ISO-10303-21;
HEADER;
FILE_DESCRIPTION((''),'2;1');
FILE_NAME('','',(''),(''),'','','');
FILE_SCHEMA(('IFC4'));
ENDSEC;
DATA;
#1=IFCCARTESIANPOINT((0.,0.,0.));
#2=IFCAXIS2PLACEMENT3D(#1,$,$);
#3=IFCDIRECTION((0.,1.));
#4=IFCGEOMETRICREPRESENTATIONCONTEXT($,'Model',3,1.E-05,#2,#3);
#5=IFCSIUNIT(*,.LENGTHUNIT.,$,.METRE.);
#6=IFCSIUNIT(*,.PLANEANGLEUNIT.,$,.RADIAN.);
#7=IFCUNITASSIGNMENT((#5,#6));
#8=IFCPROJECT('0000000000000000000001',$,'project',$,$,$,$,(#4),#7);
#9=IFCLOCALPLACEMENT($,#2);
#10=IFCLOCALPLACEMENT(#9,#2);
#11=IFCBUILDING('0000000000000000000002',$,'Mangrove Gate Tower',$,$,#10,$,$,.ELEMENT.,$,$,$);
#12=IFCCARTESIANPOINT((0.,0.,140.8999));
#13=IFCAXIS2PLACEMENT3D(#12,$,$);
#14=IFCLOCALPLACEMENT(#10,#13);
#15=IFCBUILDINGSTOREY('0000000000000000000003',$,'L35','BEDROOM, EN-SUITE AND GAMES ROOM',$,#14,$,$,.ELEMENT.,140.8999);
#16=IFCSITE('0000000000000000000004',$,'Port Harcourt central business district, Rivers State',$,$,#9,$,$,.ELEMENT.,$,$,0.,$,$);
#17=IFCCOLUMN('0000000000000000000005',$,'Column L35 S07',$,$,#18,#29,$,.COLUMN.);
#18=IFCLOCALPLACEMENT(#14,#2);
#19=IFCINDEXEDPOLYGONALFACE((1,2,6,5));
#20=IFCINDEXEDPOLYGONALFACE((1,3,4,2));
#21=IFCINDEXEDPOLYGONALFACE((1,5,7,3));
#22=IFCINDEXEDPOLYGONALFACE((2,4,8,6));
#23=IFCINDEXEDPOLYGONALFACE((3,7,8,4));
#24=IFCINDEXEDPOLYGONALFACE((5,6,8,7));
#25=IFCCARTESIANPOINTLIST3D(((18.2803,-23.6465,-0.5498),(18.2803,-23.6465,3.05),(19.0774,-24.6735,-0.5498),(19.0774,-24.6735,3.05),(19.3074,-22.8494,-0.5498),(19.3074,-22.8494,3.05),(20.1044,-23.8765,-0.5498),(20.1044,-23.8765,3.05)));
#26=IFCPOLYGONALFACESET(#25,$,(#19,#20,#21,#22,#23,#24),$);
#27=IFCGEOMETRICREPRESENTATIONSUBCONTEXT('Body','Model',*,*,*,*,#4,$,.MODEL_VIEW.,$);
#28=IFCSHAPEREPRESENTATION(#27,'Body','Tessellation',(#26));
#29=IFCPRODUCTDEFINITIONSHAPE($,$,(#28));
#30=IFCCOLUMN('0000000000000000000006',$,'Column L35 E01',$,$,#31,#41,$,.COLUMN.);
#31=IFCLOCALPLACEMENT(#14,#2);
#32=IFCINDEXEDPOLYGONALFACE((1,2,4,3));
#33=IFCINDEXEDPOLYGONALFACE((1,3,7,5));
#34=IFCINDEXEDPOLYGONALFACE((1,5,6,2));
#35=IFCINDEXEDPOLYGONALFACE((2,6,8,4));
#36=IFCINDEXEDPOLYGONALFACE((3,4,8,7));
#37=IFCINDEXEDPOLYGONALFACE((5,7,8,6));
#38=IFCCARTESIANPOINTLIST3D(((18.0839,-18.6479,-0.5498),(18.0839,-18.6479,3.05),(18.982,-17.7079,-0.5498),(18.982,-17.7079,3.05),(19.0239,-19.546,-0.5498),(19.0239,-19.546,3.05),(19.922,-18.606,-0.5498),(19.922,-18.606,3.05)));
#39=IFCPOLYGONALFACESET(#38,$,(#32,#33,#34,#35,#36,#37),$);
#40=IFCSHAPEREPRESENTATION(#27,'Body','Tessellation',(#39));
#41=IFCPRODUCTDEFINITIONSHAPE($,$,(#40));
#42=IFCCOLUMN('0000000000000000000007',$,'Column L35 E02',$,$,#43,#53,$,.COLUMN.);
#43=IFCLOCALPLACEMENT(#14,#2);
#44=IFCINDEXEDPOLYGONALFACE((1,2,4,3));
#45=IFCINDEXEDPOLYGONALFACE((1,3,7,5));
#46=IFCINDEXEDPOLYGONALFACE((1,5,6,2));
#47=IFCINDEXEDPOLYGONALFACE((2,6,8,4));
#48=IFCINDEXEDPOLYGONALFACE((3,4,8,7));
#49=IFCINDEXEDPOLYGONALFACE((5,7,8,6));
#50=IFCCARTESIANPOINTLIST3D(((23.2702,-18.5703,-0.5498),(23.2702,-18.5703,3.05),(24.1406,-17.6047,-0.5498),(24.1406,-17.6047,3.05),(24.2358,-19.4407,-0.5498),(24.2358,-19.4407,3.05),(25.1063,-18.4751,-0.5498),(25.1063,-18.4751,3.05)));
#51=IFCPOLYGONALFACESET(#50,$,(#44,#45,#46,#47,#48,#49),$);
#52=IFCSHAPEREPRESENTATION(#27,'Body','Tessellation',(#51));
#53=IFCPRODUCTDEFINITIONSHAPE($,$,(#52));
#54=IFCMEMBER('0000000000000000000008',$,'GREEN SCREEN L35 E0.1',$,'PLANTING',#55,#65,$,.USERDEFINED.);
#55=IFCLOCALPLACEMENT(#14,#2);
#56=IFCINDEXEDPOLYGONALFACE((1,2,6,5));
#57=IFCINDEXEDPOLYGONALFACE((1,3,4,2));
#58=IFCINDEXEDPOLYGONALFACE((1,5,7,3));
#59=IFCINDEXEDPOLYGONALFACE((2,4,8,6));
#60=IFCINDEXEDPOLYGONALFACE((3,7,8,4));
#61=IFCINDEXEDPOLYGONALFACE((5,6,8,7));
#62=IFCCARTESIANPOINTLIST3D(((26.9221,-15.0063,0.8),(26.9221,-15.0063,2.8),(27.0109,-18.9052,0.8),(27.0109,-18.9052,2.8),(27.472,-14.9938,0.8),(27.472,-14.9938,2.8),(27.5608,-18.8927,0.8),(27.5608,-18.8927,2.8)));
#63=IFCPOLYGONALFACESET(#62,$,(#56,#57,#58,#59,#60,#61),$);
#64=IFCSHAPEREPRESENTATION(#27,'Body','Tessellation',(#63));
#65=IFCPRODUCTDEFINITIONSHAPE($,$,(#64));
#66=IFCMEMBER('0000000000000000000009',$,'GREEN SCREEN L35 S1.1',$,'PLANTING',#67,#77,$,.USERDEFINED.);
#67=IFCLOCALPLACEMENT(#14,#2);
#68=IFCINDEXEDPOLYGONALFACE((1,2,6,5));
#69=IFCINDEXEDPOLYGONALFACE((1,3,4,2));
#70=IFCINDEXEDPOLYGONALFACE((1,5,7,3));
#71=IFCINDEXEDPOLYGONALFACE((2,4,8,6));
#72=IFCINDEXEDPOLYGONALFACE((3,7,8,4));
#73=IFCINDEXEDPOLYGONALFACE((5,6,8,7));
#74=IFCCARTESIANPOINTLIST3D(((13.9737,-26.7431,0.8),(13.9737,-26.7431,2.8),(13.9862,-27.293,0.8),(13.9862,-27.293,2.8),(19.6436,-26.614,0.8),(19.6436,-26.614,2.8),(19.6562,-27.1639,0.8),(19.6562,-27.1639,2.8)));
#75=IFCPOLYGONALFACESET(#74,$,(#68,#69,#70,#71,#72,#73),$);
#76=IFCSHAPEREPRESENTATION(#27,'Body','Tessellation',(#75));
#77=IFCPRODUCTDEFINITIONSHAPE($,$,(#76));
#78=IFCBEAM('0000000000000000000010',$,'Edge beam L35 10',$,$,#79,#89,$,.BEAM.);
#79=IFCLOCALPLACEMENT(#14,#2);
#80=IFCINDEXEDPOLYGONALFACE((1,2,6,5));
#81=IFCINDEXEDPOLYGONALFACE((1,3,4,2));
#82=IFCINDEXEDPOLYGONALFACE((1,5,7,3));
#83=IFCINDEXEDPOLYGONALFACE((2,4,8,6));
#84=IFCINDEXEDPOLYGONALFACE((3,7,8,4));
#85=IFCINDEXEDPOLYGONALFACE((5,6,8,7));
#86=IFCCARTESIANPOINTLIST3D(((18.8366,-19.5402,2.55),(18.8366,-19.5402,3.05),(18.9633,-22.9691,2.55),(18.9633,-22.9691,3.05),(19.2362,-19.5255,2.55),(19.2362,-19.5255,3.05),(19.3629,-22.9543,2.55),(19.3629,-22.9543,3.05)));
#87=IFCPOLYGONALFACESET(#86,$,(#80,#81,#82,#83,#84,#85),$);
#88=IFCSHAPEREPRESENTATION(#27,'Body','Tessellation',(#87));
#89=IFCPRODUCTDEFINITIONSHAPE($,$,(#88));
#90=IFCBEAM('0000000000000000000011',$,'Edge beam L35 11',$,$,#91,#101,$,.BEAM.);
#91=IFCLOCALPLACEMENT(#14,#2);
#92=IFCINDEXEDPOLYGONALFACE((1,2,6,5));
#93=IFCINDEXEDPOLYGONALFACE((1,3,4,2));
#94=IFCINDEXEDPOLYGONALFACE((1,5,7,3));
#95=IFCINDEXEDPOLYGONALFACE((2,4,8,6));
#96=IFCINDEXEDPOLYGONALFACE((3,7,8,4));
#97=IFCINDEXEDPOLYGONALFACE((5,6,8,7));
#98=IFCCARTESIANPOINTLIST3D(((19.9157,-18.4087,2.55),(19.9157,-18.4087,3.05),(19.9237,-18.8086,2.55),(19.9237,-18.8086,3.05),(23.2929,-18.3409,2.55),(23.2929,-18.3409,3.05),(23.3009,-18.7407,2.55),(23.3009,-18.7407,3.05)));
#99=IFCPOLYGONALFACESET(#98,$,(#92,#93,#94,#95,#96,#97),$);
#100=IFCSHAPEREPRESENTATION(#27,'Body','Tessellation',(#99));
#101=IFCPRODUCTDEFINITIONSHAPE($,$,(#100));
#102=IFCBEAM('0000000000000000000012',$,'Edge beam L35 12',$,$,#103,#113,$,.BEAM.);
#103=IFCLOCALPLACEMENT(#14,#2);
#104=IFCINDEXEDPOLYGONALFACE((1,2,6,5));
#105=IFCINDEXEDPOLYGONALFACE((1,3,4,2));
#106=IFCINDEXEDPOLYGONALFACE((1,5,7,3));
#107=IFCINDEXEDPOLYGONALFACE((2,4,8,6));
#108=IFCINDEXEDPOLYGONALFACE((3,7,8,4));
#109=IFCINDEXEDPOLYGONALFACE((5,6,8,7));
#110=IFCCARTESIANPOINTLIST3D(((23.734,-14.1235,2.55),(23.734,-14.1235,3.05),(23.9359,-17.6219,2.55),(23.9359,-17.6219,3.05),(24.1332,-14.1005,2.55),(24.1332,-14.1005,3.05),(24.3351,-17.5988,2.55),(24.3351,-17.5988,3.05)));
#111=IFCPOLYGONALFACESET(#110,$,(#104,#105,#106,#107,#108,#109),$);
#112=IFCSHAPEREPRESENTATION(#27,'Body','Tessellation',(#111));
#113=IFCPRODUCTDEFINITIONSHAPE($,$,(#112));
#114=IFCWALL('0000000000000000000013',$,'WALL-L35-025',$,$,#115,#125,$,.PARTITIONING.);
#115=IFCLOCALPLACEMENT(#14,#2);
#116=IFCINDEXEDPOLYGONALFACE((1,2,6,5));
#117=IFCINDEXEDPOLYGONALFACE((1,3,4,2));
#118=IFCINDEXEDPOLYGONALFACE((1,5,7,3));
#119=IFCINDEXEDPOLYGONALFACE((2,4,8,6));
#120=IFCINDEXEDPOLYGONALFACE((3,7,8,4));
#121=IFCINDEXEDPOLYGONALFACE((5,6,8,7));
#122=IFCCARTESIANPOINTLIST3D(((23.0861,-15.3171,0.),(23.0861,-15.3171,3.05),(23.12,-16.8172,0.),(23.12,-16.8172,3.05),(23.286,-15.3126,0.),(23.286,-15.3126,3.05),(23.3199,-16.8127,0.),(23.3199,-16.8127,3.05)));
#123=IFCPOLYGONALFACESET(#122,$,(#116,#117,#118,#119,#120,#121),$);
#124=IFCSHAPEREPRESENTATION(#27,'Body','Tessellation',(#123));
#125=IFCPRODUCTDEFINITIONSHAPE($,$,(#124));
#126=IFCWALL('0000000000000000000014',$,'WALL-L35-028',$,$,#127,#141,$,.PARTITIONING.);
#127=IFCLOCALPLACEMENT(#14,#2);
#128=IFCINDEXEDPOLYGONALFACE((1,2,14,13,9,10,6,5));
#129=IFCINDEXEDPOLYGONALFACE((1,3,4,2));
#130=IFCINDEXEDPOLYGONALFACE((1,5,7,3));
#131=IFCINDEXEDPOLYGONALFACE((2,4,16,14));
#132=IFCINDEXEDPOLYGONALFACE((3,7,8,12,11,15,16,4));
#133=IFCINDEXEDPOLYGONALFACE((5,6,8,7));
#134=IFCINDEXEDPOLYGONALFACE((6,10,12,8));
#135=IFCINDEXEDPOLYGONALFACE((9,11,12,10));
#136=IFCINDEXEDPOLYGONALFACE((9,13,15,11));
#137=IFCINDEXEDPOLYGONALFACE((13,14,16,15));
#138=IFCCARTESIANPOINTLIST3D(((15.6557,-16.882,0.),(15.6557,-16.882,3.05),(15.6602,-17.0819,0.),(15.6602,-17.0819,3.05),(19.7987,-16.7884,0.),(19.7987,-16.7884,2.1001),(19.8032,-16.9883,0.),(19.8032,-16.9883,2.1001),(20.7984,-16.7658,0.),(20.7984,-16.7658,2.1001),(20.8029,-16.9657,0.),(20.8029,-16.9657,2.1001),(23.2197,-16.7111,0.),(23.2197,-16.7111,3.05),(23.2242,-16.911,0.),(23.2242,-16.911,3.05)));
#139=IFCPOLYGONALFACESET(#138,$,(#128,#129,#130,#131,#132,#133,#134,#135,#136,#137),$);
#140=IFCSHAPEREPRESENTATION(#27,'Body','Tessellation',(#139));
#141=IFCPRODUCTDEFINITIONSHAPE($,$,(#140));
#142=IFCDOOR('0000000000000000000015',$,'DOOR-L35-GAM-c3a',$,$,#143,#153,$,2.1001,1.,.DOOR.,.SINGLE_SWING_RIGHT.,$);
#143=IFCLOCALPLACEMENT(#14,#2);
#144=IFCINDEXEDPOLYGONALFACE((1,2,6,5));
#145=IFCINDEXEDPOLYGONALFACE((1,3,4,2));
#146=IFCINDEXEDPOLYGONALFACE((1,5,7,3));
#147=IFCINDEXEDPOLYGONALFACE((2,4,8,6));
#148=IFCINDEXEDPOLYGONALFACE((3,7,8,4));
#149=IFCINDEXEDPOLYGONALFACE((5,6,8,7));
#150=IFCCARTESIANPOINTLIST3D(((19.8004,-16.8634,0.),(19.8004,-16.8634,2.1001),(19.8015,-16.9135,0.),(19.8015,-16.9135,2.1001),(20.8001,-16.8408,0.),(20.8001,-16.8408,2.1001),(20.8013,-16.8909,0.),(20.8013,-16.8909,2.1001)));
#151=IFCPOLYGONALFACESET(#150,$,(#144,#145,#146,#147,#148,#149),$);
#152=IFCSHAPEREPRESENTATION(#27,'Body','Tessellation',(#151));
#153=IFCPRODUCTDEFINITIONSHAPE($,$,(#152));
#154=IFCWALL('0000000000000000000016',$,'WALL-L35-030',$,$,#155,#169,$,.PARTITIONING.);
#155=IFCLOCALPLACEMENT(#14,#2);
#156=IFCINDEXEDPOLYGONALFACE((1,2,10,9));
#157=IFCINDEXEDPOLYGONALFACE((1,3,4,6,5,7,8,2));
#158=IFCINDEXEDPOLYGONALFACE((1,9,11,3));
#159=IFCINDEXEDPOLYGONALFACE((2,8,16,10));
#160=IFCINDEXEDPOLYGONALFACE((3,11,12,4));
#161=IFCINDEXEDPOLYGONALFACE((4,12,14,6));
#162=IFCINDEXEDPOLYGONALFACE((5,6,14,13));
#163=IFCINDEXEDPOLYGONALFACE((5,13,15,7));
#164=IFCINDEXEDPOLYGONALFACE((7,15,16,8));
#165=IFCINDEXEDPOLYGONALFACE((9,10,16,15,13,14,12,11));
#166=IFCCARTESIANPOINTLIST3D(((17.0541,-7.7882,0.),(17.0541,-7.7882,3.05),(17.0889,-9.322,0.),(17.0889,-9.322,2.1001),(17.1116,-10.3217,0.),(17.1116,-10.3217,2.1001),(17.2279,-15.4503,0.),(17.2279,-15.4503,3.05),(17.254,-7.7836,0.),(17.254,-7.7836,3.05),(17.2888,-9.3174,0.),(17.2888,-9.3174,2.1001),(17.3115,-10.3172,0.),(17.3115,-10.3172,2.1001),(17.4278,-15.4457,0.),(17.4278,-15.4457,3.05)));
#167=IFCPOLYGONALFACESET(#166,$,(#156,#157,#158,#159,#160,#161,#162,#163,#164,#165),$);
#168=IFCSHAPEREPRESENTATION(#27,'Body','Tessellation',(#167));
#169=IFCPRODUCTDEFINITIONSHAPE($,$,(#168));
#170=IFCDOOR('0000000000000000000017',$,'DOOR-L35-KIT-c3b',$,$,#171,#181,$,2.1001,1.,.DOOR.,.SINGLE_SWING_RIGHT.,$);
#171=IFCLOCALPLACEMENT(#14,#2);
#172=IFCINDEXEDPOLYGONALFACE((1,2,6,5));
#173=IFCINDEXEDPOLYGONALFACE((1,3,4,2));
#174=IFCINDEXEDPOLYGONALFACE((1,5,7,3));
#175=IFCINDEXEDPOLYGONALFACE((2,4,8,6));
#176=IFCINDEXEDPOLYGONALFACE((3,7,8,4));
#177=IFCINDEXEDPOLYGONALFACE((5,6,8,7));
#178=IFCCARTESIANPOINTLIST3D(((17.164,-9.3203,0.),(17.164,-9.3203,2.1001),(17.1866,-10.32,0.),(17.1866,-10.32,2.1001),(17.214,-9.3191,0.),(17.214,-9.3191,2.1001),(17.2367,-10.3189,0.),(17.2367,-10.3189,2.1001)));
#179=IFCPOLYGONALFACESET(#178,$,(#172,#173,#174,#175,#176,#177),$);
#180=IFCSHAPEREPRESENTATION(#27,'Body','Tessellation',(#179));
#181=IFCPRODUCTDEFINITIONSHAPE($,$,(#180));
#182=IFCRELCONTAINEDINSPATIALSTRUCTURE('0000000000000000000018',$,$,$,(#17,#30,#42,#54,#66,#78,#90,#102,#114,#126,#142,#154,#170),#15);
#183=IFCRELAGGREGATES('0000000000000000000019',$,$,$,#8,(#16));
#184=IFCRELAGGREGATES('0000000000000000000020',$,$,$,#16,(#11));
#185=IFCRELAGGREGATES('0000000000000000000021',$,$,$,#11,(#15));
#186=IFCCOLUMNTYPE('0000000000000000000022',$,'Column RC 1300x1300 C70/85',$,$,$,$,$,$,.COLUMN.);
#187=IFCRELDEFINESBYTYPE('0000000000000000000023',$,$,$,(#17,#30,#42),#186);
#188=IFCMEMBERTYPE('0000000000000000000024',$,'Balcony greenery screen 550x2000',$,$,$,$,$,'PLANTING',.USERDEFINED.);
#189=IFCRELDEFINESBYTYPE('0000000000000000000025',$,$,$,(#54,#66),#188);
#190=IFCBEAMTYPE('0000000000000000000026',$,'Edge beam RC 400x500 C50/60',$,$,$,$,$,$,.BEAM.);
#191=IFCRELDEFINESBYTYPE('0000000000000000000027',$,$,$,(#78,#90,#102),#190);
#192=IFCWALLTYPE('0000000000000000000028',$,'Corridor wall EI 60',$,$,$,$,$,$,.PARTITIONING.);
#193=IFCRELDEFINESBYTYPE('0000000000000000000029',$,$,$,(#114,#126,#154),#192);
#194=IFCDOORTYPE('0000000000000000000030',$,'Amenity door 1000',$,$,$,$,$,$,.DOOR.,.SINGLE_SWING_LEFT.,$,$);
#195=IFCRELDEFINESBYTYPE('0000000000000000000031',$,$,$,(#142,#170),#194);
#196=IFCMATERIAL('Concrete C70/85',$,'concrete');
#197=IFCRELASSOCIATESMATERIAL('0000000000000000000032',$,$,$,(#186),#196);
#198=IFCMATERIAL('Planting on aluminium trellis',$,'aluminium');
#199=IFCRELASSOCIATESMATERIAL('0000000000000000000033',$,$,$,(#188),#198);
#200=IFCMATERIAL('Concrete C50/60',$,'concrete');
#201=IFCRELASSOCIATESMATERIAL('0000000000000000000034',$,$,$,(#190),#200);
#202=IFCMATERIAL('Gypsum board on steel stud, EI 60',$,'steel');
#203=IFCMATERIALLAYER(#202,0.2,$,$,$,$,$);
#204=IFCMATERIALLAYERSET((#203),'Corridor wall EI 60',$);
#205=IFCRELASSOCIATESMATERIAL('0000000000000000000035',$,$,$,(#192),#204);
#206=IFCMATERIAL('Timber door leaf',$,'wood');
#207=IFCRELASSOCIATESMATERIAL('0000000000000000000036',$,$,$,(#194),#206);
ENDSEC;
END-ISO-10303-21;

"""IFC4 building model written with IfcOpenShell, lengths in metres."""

from ifc_helpers import new_model, si_unit, direction, frame, frame_2d, origin, origin_2d, place, context, subcontext, project, spatial, rectangle, extrude, material, layer, layer_set, material_profile, profile_set, type_object, element, fill, save


model = new_model("IFC4")

# Units and contexts
model_context = context("Model", 3, precision=1e-05, world=origin(), true_north=direction((0.0, 1.0)))
body_context = subcontext(model_context, "Body", "Model", "MODEL_VIEW")
ifc_project = project(units=[si_unit("LENGTHUNIT", "METRE"), si_unit("PLANEANGLEUNIT", "RADIAN")], contexts=[model_context])

# Site, building, storey
site_placement = place(None, origin())
site = spatial("IfcSite", under=ifc_project, at=site_placement, Name="Port Harcourt central business district, Rivers State", CompositionType="ELEMENT", RefElevation=0.0)
building_placement = place(site_placement, origin())
building = spatial("IfcBuilding", under=site, at=building_placement, Name="Mangrove Gate Tower", CompositionType="ELEMENT")
storey_placement = place(building_placement, frame((0.0, 0.0, 140.8999)))
storey = spatial("IfcBuildingStorey", under=building, at=storey_placement, Name="L35", Description="BEDROOM, EN-SUITE AND GAMES ROOM", CompositionType="ELEMENT", Elevation=140.8999)

# Columns
ifc_material_1 = material(Name="Concrete C70/85", Category="concrete")
ifc_material_profile_1 = material_profile(ifc_material_1, rectangle(XDim=1.3, YDim=1.3, at=origin_2d()))
ifc_profile_set_1 = profile_set([ifc_material_profile_1], Name="Concrete C70/85")
column_type = type_object("IfcColumnType", Name="Column RC 1300x1300 C70/85", PredefinedType="COLUMN", material=ifc_profile_set_1)
for number, where, z_axis, x_axis, name in (
    (1, (19.1924, -23.7615, -0.5498), (0.0, 0.0, 1.0), (0.790005, 0.613101, 0.0), "Column L35 S07"),
    (2, (19.0029, -18.627, -0.5498), (0.0, 0.0, 1.0), (0.690809, 0.723037, 0.0), "Column L35 E01"),
    (3, (24.1882, -18.5227, -0.5498), (0.0, 0.0, 1.0), (0.669533, 0.742782, 0.0), "Column L35 E02"),
):
    element("IfcColumn", number, at=place(storey_placement, frame(where, z_axis=z_axis, x_axis=x_axis)), inside=storey, type_object=column_type, Name=name, PredefinedType="COLUMN", context=body_context, shape_type="SweptSolid", body=[
        extrude(rectangle(XDim=1.3, YDim=1.3, at=origin_2d()), origin(), (0.0, 0.0, 1.0), 3.5999),
    ])

# Members
ifc_material_2 = material(Name="Planting on aluminium trellis", Category="aluminium")
ifc_material_profile_2 = material_profile(ifc_material_2, rectangle(XDim=0.55, YDim=2.0, at=origin_2d()))
ifc_profile_set_2 = profile_set([ifc_material_profile_2], Name="Planting on aluminium trellis")
member_type = type_object("IfcMemberType", Name="Balcony greenery screen 550x2000", ElementType="PLANTING", PredefinedType="USERDEFINED", material=ifc_profile_set_2)
member_1_placement = place(storey_placement, frame((27.2859, -18.8989, 1.8), z_axis=(-0.022787, 0.99974, 0.0), x_axis=(-0.99974, -0.022787, 0.0)))
element("IfcMember", 4, at=member_1_placement, inside=storey, type_object=member_type, Name="GREEN SCREEN L35 E0.1", ObjectType="PLANTING", PredefinedType="USERDEFINED", context=body_context, shape_type="SweptSolid", body=[
    extrude(rectangle(XDim=0.55, YDim=2.0, at=origin_2d()), origin(), (0.0, 0.0, 1.0), 3.8999),
])
member_2_placement = place(storey_placement, frame((13.98, -27.0181, 1.8), z_axis=(0.999741, 0.022772, 0.0), x_axis=(-0.022772, 0.999741, 0.0)))
element("IfcMember", 5, at=member_2_placement, inside=storey, type_object=member_type, Name="GREEN SCREEN L35 S1.1", ObjectType="PLANTING", PredefinedType="USERDEFINED", context=body_context, shape_type="SweptSolid", body=[
    extrude(rectangle(XDim=0.55, YDim=2.0, at=origin_2d()), origin(), (0.0, 0.0, 1.0), 5.6714),
])

# Beams
ifc_material_3 = material(Name="Concrete C50/60", Category="concrete")
ifc_material_profile_3 = material_profile(ifc_material_3, rectangle(XDim=0.3999, YDim=0.5, at=origin_2d()))
ifc_profile_set_3 = profile_set([ifc_material_profile_3], Name="Concrete C50/60")
beam_type = type_object("IfcBeamType", Name="Edge beam RC 400x500 C50/60", PredefinedType="BEAM", material=ifc_profile_set_3)
beam_1_placement = place(storey_placement, frame((19.1631, -22.9617, 2.8), z_axis=(-0.03693, 0.999318, 0.0), x_axis=(-0.999318, -0.03693, 0.0)))
element("IfcBeam", 6, at=beam_1_placement, inside=storey, type_object=beam_type, Name="Edge beam L35 10", PredefinedType="BEAM", context=body_context, shape_type="SweptSolid", body=[
    extrude(rectangle(XDim=0.3999, YDim=0.5, at=origin_2d()), origin(), (0.0, 0.0, 1.0), 3.4312),
])
beam_2_placement = place(storey_placement, frame((19.9197, -18.6086, 2.8), z_axis=(0.999798, 0.020093, 0.0), x_axis=(-0.020093, 0.999798, 0.0)))
element("IfcBeam", 7, at=beam_2_placement, inside=storey, type_object=beam_type, Name="Edge beam L35 11", PredefinedType="BEAM", context=body_context, shape_type="SweptSolid", body=[
    extrude(rectangle(XDim=0.3999, YDim=0.5, at=origin_2d()), origin(), (0.0, 0.0, 1.0), 3.3779),
])
beam_3_placement = place(storey_placement, frame((24.1355, -17.6104, 2.8), z_axis=(-0.057619, 0.998339, 0.0), x_axis=(-0.998339, -0.057619, 0.0)))
element("IfcBeam", 8, at=beam_3_placement, inside=storey, type_object=beam_type, Name="Edge beam L35 12", PredefinedType="BEAM", context=body_context, shape_type="SweptSolid", body=[
    extrude(rectangle(XDim=0.3999, YDim=0.5, at=origin_2d()), origin(), (0.0, 0.0, 1.0), 3.5042),
])

# Wall
ifc_material_4 = material(Name="Gypsum board on steel stud, EI 60", Category="steel")
ifc_layer_1 = layer(ifc_material_4, 0.2)
ifc_layer_set_1 = layer_set([ifc_layer_1], Name="Corridor wall EI 60")
wall_type_1 = type_object("IfcWallType", Name="Corridor wall EI 60", PredefinedType="PARTITIONING", material=ifc_layer_set_1)
wall_1_placement = place(storey_placement, frame((23.22, -16.8149, 0.0), z_axis=(0.0, 0.0, 1.0), x_axis=(-0.022618, 0.999744, 0.0)))
element("IfcWall", 9, at=wall_1_placement, inside=storey, type_object=wall_type_1, Name="WALL-L35-025", PredefinedType="PARTITIONING", context=body_context, shape_type="SweptSolid", body=[
    extrude(rectangle(XDim=1.5005, YDim=0.2, at=frame_2d((0.7502, 0.0))), origin(), (0.0, 0.0, 1.0), 3.05),
])

# Walls, openings, doors
wall_2_placement = place(storey_placement, frame((15.658, -16.9819, 0.0), z_axis=(0.0, 0.0, 1.0), x_axis=(0.999745, 0.022588, 0.0)))
wall_2 = element("IfcWall", 10, at=wall_2_placement, inside=storey, type_object=wall_type_1, Name="WALL-L35-028", PredefinedType="PARTITIONING", context=body_context, shape_type="SweptSolid", body=[
    extrude(rectangle(XDim=7.5659, YDim=0.2, at=frame_2d((3.783, 0.0))), origin(), (0.0, 0.0, 1.0), 3.05),
])
opening_1_placement = place(wall_2_placement, frame((4.144, 0.0, 0.0)))
opening_1 = element("IfcOpeningElement", 11, at=opening_1_placement, cuts=wall_2, PredefinedType="OPENING", context=body_context, shape_type="SweptSolid", body=[
    extrude(rectangle(XDim=1.0, YDim=2.1001, at=frame_2d((0.5, 1.05))), frame((0.0, 0.1099, 0.0), z_axis=(0.0, -1.0, 0.0), x_axis=(1.0, 0.0, 0.0)), (0.0, 0.0, 1.0), 0.22),
])
ifc_material_5 = material(Name="Timber door leaf", Category="wood")
door_type_1 = type_object("IfcDoorType", Name="Amenity door 1000", OperationType="SINGLE_SWING_LEFT", PredefinedType="DOOR", material=ifc_material_5)
door_1_placement = place(opening_1_placement, origin())
door_1 = element("IfcDoor", 12, at=door_1_placement, inside=storey, type_object=door_type_1, Name="DOOR-L35-GAM-c3a", OperationType="SINGLE_SWING_RIGHT", OverallHeight=2.1001, OverallWidth=1.0, PredefinedType="DOOR", context=body_context, shape_type="SweptSolid", body=[
    extrude(rectangle(XDim=1.0, YDim=2.1001, at=frame_2d((0.5, 1.05))), frame((0.0, 0.0249, 0.0), z_axis=(0.0, -1.0, 0.0), x_axis=(1.0, 0.0, 0.0)), (0.0, 0.0, 1.0), 0.05),
])
fill(opening_1, door_1)
wall_3_placement = place(storey_placement, frame((17.3279, -15.448, 0.0), z_axis=(0.0, 0.0, 1.0), x_axis=(-0.022681, 0.999743, 0.0)))
wall_3 = element("IfcWall", 13, at=wall_3_placement, inside=storey, type_object=wall_type_1, Name="WALL-L35-030", PredefinedType="PARTITIONING", context=body_context, shape_type="SweptSolid", body=[
    extrude(rectangle(XDim=7.6641, YDim=0.2, at=frame_2d((3.832, 0.0))), origin(), (0.0, 0.0, 1.0), 3.05),
])
opening_2_placement = place(wall_3_placement, frame((5.1299, 0.0, 0.0)))
opening_2 = element("IfcOpeningElement", 14, at=opening_2_placement, cuts=wall_3, PredefinedType="OPENING", context=body_context, shape_type="SweptSolid", body=[
    extrude(rectangle(XDim=1.0, YDim=2.1001, at=frame_2d((0.5, 1.05))), frame((0.0, 0.1099, 0.0), z_axis=(0.0, -1.0, 0.0), x_axis=(1.0, 0.0, 0.0)), (0.0, 0.0, 1.0), 0.22),
])
door_2_placement = place(opening_2_placement, origin())
door_2 = element("IfcDoor", 15, at=door_2_placement, inside=storey, type_object=door_type_1, Name="DOOR-L35-KIT-c3b", OperationType="SINGLE_SWING_RIGHT", OverallHeight=2.1001, OverallWidth=1.0, PredefinedType="DOOR", context=body_context, shape_type="SweptSolid", body=[
    extrude(rectangle(XDim=1.0, YDim=2.1001, at=frame_2d((0.5, 1.05))), frame((0.0, 0.0249, 0.0), z_axis=(0.0, -1.0, 0.0), x_axis=(1.0, 0.0, 0.0)), (0.0, 0.0, 1.0), 0.05),
])
fill(opening_2, door_2)

save(model, "model.ifc")
